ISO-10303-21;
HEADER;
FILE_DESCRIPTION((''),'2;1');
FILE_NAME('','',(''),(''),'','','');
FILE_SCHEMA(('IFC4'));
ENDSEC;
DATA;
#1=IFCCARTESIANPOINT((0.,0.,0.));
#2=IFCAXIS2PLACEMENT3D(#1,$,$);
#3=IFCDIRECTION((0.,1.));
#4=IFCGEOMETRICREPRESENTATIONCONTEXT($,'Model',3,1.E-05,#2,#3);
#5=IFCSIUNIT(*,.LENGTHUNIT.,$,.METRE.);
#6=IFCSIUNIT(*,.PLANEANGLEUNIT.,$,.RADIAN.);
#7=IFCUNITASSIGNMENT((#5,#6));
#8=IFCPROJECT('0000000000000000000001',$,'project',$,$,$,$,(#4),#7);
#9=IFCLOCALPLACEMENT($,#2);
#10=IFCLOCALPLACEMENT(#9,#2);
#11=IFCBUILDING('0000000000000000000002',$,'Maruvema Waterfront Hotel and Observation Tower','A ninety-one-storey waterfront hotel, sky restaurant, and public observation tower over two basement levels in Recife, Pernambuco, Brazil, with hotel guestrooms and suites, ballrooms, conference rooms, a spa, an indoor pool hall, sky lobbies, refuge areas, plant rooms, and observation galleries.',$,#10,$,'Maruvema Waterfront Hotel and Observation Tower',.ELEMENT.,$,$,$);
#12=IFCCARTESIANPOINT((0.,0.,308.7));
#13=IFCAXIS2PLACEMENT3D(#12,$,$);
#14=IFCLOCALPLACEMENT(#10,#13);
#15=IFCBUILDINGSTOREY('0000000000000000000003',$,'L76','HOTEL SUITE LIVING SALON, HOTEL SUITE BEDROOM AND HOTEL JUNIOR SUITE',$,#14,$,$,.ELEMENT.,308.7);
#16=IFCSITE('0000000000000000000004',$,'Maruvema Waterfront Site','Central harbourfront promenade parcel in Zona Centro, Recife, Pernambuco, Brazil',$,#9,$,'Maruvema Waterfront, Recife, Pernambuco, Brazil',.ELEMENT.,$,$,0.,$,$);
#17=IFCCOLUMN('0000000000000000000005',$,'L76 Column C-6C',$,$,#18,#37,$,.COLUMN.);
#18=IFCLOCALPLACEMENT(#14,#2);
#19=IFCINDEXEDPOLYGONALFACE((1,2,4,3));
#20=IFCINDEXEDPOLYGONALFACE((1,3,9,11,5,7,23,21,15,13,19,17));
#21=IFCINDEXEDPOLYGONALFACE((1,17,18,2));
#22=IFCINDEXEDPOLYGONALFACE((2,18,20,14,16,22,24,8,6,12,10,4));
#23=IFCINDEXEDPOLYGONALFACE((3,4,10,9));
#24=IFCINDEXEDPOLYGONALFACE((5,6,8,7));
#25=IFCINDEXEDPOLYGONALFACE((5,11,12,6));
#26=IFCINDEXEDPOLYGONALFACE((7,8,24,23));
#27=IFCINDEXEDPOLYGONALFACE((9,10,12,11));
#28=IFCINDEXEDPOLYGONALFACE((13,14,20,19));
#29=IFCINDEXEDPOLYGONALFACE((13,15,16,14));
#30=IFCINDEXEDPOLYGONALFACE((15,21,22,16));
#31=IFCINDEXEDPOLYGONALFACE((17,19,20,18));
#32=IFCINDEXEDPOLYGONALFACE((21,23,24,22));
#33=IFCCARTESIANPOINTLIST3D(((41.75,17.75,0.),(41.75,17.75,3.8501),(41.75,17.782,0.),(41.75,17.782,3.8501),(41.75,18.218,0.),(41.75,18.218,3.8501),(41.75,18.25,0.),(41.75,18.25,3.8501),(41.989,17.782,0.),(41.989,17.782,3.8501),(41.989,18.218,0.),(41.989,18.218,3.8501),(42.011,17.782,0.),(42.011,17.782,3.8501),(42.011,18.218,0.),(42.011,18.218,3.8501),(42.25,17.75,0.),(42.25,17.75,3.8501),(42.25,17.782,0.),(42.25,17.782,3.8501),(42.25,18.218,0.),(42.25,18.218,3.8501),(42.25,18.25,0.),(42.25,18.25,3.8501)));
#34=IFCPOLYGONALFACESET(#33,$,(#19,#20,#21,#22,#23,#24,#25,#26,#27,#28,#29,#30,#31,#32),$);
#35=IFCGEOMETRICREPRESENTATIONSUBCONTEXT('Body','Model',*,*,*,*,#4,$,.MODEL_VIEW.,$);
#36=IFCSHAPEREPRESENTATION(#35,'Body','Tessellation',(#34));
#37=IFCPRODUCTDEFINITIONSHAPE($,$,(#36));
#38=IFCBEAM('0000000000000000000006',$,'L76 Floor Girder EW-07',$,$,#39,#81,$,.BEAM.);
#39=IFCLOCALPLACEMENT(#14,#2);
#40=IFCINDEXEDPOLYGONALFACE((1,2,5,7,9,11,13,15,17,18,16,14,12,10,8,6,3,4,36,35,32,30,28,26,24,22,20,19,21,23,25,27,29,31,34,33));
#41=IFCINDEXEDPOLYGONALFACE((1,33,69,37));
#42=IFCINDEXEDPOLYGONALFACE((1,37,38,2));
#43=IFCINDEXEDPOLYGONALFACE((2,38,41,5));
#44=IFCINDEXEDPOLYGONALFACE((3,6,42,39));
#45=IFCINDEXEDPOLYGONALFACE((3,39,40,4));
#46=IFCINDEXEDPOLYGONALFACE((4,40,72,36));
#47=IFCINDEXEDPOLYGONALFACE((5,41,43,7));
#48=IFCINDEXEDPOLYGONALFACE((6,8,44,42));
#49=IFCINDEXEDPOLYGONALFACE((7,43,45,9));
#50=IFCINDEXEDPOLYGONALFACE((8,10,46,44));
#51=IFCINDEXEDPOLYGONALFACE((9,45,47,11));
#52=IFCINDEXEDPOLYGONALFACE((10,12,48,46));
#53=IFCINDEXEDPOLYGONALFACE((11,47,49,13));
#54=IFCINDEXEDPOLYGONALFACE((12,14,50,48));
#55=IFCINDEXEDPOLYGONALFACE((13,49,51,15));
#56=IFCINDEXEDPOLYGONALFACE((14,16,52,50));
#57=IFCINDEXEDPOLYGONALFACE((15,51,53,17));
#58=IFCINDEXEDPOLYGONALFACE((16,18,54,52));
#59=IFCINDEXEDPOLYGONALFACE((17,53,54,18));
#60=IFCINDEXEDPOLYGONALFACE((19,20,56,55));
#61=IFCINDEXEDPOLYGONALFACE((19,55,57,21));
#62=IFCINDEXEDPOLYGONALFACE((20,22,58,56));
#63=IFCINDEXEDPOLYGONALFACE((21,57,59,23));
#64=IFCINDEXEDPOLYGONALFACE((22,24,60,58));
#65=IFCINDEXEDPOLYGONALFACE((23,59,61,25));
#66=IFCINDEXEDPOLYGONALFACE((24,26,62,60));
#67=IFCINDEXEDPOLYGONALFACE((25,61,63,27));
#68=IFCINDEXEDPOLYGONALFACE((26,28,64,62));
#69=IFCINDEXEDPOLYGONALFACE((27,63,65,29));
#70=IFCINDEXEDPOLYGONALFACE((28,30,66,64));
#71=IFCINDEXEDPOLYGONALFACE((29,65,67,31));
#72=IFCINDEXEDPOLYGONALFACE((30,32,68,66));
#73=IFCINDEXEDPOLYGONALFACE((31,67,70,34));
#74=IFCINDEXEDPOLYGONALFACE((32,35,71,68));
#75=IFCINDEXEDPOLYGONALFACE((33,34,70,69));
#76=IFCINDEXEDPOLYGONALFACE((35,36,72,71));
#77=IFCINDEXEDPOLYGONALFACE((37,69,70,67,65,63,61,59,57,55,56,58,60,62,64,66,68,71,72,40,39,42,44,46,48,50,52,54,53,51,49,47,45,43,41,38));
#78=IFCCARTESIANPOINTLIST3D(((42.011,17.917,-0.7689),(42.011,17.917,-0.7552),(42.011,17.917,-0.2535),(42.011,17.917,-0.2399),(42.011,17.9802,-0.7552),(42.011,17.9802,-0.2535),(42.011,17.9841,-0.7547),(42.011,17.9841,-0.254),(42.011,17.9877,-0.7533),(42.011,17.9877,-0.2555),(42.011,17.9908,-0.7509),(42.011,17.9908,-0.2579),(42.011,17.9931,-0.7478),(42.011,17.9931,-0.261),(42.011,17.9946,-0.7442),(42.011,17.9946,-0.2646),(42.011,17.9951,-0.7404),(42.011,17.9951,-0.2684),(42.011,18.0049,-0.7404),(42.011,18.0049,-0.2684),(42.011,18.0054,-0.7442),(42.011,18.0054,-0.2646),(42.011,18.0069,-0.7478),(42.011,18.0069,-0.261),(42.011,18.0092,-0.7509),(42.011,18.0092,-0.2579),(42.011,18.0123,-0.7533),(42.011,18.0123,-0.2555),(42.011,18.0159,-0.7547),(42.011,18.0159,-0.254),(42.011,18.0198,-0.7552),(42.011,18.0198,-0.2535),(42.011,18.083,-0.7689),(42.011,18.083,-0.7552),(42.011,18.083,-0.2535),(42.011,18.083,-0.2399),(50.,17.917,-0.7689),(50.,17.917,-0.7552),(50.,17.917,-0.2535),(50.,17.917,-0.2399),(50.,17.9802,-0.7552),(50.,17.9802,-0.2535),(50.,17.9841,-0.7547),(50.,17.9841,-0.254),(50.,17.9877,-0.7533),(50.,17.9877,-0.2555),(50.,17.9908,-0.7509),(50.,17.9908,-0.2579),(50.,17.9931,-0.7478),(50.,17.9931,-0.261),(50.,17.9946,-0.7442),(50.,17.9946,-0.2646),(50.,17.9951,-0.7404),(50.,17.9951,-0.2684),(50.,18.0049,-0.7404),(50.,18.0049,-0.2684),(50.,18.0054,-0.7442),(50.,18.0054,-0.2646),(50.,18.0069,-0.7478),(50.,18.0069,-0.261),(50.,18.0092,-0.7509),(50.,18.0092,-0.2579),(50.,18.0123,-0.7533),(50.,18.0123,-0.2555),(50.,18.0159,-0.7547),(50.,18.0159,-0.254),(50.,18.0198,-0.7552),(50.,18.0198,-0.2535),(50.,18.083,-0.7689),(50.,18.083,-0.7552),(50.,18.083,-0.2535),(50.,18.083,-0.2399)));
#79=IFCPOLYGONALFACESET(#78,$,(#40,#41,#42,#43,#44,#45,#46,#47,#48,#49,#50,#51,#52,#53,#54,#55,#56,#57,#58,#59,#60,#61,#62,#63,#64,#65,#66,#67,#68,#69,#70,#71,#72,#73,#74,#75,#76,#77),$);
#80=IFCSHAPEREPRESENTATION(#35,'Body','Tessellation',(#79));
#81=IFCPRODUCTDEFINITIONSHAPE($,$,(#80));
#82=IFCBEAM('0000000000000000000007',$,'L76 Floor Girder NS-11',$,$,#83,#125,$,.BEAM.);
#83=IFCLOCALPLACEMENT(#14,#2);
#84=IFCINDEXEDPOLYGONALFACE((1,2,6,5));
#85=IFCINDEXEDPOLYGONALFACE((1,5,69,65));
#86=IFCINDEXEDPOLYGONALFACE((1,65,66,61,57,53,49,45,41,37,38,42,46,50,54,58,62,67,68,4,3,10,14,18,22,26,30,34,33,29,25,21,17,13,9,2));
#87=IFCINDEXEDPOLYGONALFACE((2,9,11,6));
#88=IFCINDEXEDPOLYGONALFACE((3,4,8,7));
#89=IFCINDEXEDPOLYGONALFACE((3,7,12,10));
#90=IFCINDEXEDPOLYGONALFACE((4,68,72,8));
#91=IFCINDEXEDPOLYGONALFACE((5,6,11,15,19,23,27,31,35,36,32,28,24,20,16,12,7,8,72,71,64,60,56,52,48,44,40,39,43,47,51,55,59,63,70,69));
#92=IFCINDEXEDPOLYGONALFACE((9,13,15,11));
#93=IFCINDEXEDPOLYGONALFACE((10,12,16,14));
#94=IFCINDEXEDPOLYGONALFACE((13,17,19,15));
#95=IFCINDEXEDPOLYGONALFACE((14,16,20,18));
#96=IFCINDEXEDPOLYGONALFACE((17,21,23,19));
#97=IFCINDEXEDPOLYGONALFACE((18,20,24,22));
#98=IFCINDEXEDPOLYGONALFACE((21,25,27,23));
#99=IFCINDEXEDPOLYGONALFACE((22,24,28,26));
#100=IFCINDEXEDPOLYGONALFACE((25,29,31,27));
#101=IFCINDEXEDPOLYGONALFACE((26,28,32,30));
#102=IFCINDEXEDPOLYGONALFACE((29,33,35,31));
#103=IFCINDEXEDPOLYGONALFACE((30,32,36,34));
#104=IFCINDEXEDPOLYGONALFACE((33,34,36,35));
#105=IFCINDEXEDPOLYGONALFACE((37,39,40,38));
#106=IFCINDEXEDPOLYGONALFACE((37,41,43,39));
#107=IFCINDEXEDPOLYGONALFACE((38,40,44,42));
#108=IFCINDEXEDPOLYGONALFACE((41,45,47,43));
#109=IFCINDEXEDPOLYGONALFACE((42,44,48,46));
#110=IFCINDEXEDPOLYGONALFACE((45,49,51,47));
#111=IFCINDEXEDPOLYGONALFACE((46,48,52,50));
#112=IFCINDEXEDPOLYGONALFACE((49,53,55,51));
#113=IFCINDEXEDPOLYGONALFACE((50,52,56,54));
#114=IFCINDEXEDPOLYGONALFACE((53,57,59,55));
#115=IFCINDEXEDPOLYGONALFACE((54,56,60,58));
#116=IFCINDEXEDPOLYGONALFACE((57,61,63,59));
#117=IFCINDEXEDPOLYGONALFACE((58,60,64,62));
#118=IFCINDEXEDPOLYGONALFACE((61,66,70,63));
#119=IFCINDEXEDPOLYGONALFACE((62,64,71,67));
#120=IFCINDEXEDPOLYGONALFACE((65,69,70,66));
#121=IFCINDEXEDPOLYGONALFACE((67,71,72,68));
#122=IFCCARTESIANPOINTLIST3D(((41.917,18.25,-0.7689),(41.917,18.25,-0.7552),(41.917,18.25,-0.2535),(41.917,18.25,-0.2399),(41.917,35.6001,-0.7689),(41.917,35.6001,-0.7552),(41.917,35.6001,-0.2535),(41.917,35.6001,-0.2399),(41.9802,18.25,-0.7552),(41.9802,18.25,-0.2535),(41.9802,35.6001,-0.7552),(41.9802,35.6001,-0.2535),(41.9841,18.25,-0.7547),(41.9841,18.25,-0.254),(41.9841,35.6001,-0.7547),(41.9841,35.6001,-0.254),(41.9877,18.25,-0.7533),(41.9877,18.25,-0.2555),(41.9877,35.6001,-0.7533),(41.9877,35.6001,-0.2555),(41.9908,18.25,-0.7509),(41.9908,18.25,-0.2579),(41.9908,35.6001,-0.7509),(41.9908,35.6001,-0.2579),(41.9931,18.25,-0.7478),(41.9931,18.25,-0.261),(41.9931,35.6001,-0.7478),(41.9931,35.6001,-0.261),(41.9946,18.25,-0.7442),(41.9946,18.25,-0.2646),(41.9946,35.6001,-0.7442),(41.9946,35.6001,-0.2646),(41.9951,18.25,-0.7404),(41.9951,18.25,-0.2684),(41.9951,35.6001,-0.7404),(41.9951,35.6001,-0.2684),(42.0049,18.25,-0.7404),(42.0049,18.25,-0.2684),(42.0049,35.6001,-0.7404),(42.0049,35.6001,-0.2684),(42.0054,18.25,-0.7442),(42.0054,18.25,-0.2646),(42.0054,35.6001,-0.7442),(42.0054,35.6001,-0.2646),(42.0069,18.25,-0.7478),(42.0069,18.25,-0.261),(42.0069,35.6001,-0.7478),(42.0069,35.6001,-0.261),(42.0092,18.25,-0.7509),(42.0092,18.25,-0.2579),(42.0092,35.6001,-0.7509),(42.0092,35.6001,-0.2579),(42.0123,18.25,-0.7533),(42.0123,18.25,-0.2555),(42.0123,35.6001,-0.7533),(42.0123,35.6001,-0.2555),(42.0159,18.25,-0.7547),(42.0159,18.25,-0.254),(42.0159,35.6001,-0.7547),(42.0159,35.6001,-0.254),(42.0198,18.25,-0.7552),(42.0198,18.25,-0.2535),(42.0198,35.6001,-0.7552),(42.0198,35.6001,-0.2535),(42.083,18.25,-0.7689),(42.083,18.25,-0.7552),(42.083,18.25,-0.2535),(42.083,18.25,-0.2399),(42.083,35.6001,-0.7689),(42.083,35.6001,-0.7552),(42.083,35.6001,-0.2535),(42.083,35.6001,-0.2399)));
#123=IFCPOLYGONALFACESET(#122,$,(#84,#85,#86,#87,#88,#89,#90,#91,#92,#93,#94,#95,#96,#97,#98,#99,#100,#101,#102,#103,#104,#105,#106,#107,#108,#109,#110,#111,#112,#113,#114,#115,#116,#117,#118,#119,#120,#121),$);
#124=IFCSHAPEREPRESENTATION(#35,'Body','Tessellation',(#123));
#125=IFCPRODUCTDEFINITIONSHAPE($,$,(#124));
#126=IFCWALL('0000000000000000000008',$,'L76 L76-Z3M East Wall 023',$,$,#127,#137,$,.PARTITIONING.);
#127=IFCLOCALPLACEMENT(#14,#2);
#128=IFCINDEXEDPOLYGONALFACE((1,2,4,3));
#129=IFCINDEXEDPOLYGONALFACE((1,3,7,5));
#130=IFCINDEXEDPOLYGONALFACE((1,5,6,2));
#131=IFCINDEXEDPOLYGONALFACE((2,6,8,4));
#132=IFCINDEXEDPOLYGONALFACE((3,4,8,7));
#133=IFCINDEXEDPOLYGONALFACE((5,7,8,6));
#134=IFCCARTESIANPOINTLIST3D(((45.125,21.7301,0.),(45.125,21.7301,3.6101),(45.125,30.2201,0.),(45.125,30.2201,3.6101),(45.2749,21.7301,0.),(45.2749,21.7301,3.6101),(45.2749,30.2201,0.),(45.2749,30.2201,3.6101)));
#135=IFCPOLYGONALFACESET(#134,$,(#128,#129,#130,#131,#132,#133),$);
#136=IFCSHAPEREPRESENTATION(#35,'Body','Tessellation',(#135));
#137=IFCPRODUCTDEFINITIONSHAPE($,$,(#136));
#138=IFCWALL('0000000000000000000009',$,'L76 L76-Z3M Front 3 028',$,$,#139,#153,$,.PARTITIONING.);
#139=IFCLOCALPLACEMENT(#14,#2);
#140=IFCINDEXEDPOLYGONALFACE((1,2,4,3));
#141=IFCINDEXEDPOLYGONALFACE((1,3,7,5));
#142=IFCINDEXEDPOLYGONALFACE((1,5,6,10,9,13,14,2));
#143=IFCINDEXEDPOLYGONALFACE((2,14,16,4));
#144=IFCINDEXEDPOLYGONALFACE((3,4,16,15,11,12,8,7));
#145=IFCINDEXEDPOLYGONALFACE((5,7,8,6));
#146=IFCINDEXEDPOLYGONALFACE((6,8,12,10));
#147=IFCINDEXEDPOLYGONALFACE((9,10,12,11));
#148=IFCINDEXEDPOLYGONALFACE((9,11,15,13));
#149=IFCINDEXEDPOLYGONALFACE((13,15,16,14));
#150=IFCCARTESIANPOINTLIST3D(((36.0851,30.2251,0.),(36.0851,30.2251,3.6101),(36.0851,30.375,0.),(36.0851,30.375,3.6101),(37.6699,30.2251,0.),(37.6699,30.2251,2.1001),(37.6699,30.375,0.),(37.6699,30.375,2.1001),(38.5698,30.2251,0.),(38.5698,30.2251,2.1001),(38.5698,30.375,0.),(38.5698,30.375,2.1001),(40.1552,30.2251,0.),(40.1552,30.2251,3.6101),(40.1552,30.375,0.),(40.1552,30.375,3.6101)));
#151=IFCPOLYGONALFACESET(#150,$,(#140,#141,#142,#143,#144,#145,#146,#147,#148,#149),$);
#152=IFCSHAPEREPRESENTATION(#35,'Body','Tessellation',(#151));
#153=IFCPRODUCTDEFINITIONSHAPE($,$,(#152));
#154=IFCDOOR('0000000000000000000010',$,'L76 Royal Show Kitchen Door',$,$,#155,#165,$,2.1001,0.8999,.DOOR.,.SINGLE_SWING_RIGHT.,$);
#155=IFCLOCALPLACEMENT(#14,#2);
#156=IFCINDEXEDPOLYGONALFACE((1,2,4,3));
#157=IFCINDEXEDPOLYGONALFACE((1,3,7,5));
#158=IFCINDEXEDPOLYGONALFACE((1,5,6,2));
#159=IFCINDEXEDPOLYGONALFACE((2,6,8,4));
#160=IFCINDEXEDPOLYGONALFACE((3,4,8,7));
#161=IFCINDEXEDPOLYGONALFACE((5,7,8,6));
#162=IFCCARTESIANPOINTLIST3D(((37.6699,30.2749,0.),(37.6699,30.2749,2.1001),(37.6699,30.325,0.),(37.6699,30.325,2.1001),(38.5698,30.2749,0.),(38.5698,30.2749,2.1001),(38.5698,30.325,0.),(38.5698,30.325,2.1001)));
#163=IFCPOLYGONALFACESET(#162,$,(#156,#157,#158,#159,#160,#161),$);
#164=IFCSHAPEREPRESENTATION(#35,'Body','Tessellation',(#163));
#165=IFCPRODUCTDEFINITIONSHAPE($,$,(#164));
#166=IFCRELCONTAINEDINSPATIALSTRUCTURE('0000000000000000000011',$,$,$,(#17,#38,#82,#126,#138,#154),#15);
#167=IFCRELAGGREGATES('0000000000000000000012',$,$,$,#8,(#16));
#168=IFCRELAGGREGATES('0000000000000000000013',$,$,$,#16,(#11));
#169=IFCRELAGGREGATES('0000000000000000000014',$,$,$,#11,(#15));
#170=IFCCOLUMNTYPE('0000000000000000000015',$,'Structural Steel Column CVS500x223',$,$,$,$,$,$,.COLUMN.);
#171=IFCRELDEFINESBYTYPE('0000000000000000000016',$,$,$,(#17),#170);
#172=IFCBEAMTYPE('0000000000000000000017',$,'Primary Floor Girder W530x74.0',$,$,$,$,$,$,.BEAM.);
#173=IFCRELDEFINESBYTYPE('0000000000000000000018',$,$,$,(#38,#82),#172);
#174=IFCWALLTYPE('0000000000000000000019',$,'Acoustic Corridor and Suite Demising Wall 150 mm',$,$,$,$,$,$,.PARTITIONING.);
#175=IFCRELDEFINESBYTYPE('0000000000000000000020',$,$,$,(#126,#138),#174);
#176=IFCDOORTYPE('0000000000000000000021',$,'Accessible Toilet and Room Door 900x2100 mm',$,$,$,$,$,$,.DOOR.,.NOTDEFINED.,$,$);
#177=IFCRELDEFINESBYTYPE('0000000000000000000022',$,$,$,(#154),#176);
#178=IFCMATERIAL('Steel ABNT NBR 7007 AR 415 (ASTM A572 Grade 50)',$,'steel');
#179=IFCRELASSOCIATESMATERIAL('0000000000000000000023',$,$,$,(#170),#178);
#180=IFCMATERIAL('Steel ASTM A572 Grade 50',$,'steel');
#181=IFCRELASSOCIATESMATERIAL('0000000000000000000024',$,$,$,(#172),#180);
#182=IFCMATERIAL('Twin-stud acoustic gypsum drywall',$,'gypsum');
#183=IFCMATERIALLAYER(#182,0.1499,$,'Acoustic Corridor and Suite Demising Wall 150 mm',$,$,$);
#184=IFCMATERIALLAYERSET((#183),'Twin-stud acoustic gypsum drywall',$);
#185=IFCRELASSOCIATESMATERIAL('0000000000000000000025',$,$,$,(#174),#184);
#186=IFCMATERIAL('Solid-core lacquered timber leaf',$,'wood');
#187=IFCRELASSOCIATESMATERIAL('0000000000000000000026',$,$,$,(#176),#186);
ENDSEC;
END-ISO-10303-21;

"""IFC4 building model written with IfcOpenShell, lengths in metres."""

from ifc_helpers import new_model, si_unit, direction, frame, frame_2d, origin, origin_2d, place, context, subcontext, project, spatial, rectangle, i_section, extrude, material, layer, layer_set, material_profile, profile_set, type_object, element, fill, save


model = new_model("IFC4")

# Units and contexts
model_context = context("Model", 3, precision=1e-05, world=origin(), true_north=direction((0.0, 1.0)))
body_context = subcontext(model_context, "Body", "Model", "MODEL_VIEW")
ifc_project = project(units=[si_unit("LENGTHUNIT", "METRE"), si_unit("PLANEANGLEUNIT", "RADIAN")], contexts=[model_context])

# Site, building, storey
site_placement = place(None, origin())
site = spatial("IfcSite", under=ifc_project, at=site_placement, Name="Maruvema Waterfront Site", Description="Central harbourfront promenade parcel in Zona Centro, Recife, Pernambuco, Brazil", LongName="Maruvema Waterfront, Recife, Pernambuco, Brazil", CompositionType="ELEMENT", RefElevation=0.0)
building_placement = place(site_placement, origin())
building = spatial("IfcBuilding", under=site, at=building_placement, Name="Maruvema Waterfront Hotel and Observation Tower", Description="A ninety-one-storey waterfront hotel, sky restaurant, and public observation tower over two basement levels in Recife, Pernambuco, Brazil, with hotel guestrooms and suites, ballrooms, conference rooms, a spa, an indoor pool hall, sky lobbies, refuge areas, plant rooms, and observation galleries.", LongName="Maruvema Waterfront Hotel and Observation Tower", CompositionType="ELEMENT")
storey_placement = place(building_placement, frame((0.0, 0.0, 308.7)))
storey = spatial("IfcBuildingStorey", under=building, at=storey_placement, Name="L76", Description="HOTEL SUITE LIVING SALON, HOTEL SUITE BEDROOM AND HOTEL JUNIOR SUITE", CompositionType="ELEMENT", Elevation=308.7)

# Column
ifc_material_1 = material(Name="Steel ABNT NBR 7007 AR 415 (ASTM A572 Grade 50)", Category="steel")
ifc_material_profile_1 = material_profile(ifc_material_1, i_section(OverallWidth=0.5, OverallDepth=0.5, WebThickness=0.022, FlangeThickness=0.032, at=origin_2d()), Name="CVS500x223")
ifc_profile_set_1 = profile_set([ifc_material_profile_1], Name="Steel ABNT NBR 7007 AR 415 (ASTM A572 Grade 50)")
column_type = type_object("IfcColumnType", Name="Structural Steel Column CVS500x223", PredefinedType="COLUMN", material=ifc_profile_set_1)
column_placement = place(storey_placement, frame((42.0, 18.0, 0.0), z_axis=(0.0, 0.0, 1.0), x_axis=(1.0, 0.0, 0.0)))
element("IfcColumn", 1, at=column_placement, inside=storey, type_object=column_type, Name="L76 Column C-6C", PredefinedType="COLUMN", context=body_context, shape_type="SweptSolid", body=[
    extrude(i_section(OverallWidth=0.5, OverallDepth=0.5, WebThickness=0.022, FlangeThickness=0.032, at=origin_2d()), origin(), (0.0, 0.0, 1.0), 3.8501),
])

# Beams
ifc_material_2 = material(Name="Steel ASTM A572 Grade 50", Category="steel")
ifc_material_profile_2 = material_profile(ifc_material_2, i_section(OverallWidth=0.166, OverallDepth=0.5291, WebThickness=0.0098, FlangeThickness=0.0137, FilletRadius=0.0149, at=origin_2d()), Name="W530x74.0")
ifc_profile_set_2 = profile_set([ifc_material_profile_2], Name="Steel ASTM A572 Grade 50")
beam_type = type_object("IfcBeamType", Name="Primary Floor Girder W530x74.0", PredefinedType="BEAM", material=ifc_profile_set_2)
beam_1_placement = place(storey_placement, frame((42.011, 18.0, -0.5044), z_axis=(1.0, 0.0, 0.0), x_axis=(0.0, 1.0, 0.0)))
element("IfcBeam", 2, at=beam_1_placement, inside=storey, type_object=beam_type, Name="L76 Floor Girder EW-07", PredefinedType="BEAM", context=body_context, shape_type="SweptSolid", body=[
    extrude(i_section(OverallWidth=0.166, OverallDepth=0.5291, WebThickness=0.0098, FlangeThickness=0.0137, FilletRadius=0.0149, at=origin_2d()), origin(), (0.0, 0.0, 1.0), 7.989),
])
beam_2_placement = place(storey_placement, frame((42.0, 18.25, -0.5044), z_axis=(0.0, 1.0, 0.0), x_axis=(-1.0, 0.0, 0.0)))
element("IfcBeam", 3, at=beam_2_placement, inside=storey, type_object=beam_type, Name="L76 Floor Girder NS-11", PredefinedType="BEAM", context=body_context, shape_type="SweptSolid", body=[
    extrude(i_section(OverallWidth=0.166, OverallDepth=0.5291, WebThickness=0.0098, FlangeThickness=0.0137, FilletRadius=0.0149, at=origin_2d()), origin(), (0.0, 0.0, 1.0), 17.3501),
])

# Wall
ifc_material_3 = material(Name="Twin-stud acoustic gypsum drywall", Category="gypsum")
ifc_layer_1 = layer(ifc_material_3, 0.1499, Name="Acoustic Corridor and Suite Demising Wall 150 mm")
ifc_layer_set_1 = layer_set([ifc_layer_1], Name="Twin-stud acoustic gypsum drywall")
wall_type_1 = type_object("IfcWallType", Name="Acoustic Corridor and Suite Demising Wall 150 mm", PredefinedType="PARTITIONING", material=ifc_layer_set_1)
wall_1_placement = place(storey_placement, frame((45.2, 21.73, 0.0), z_axis=(0.0, 0.0, 1.0), x_axis=(0.0, 1.0, 0.0)))
element("IfcWall", 4, at=wall_1_placement, inside=storey, type_object=wall_type_1, Name="L76 L76-Z3M East Wall 023", PredefinedType="PARTITIONING", context=body_context, shape_type="SweptSolid", body=[
    extrude(rectangle(XDim=8.49, YDim=0.1499, at=frame_2d((4.2451, 0.0))), origin(), (0.0, 0.0, 1.0), 3.6101),
])

# Wall, opening, door
wall_2_placement = place(storey_placement, frame((36.085, 30.3, 0.0), z_axis=(0.0, 0.0, 1.0), x_axis=(1.0, 0.0, 0.0)))
wall_2 = element("IfcWall", 5, at=wall_2_placement, inside=storey, type_object=wall_type_1, Name="L76 L76-Z3M Front 3 028", PredefinedType="PARTITIONING", context=body_context, shape_type="SweptSolid", body=[
    extrude(rectangle(XDim=4.0701, YDim=0.1499, at=frame_2d((2.0352, 0.0))), origin(), (0.0, 0.0, 1.0), 3.6101),
])
opening_1_placement = place(wall_2_placement, frame((1.585, 0.0, 0.0)))
opening_1 = element("IfcOpeningElement", 6, at=opening_1_placement, cuts=wall_2, PredefinedType="OPENING", context=body_context, shape_type="SweptSolid", body=[
    extrude(rectangle(XDim=0.8999, YDim=2.1001, at=frame_2d((0.45, 1.05))), frame((0.0, 0.085, 0.0), z_axis=(0.0, -1.0, 0.0), x_axis=(1.0, 0.0, 0.0)), (0.0, 0.0, 1.0), 0.1699),
])
ifc_material_4 = material(Name="Solid-core lacquered timber leaf", Category="wood")
door_type_1 = type_object("IfcDoorType", Name="Accessible Toilet and Room Door 900x2100 mm", OperationType="NOTDEFINED", PredefinedType="DOOR", material=ifc_material_4)
door_1_placement = place(opening_1_placement, origin())
door_1 = element("IfcDoor", 7, at=door_1_placement, inside=storey, type_object=door_type_1, Name="L76 Royal Show Kitchen Door", OperationType="SINGLE_SWING_RIGHT", OverallHeight=2.1001, OverallWidth=0.8999, PredefinedType="DOOR", context=body_context, shape_type="SweptSolid", body=[
    extrude(rectangle(XDim=0.8999, YDim=2.1001, at=frame_2d((0.45, 1.05))), frame((0.0, 0.0249, 0.0), z_axis=(0.0, -1.0, 0.0), x_axis=(1.0, 0.0, 0.0)), (0.0, 0.0, 1.0), 0.05),
])
fill(opening_1, door_1)

save(model, "model.ifc")
